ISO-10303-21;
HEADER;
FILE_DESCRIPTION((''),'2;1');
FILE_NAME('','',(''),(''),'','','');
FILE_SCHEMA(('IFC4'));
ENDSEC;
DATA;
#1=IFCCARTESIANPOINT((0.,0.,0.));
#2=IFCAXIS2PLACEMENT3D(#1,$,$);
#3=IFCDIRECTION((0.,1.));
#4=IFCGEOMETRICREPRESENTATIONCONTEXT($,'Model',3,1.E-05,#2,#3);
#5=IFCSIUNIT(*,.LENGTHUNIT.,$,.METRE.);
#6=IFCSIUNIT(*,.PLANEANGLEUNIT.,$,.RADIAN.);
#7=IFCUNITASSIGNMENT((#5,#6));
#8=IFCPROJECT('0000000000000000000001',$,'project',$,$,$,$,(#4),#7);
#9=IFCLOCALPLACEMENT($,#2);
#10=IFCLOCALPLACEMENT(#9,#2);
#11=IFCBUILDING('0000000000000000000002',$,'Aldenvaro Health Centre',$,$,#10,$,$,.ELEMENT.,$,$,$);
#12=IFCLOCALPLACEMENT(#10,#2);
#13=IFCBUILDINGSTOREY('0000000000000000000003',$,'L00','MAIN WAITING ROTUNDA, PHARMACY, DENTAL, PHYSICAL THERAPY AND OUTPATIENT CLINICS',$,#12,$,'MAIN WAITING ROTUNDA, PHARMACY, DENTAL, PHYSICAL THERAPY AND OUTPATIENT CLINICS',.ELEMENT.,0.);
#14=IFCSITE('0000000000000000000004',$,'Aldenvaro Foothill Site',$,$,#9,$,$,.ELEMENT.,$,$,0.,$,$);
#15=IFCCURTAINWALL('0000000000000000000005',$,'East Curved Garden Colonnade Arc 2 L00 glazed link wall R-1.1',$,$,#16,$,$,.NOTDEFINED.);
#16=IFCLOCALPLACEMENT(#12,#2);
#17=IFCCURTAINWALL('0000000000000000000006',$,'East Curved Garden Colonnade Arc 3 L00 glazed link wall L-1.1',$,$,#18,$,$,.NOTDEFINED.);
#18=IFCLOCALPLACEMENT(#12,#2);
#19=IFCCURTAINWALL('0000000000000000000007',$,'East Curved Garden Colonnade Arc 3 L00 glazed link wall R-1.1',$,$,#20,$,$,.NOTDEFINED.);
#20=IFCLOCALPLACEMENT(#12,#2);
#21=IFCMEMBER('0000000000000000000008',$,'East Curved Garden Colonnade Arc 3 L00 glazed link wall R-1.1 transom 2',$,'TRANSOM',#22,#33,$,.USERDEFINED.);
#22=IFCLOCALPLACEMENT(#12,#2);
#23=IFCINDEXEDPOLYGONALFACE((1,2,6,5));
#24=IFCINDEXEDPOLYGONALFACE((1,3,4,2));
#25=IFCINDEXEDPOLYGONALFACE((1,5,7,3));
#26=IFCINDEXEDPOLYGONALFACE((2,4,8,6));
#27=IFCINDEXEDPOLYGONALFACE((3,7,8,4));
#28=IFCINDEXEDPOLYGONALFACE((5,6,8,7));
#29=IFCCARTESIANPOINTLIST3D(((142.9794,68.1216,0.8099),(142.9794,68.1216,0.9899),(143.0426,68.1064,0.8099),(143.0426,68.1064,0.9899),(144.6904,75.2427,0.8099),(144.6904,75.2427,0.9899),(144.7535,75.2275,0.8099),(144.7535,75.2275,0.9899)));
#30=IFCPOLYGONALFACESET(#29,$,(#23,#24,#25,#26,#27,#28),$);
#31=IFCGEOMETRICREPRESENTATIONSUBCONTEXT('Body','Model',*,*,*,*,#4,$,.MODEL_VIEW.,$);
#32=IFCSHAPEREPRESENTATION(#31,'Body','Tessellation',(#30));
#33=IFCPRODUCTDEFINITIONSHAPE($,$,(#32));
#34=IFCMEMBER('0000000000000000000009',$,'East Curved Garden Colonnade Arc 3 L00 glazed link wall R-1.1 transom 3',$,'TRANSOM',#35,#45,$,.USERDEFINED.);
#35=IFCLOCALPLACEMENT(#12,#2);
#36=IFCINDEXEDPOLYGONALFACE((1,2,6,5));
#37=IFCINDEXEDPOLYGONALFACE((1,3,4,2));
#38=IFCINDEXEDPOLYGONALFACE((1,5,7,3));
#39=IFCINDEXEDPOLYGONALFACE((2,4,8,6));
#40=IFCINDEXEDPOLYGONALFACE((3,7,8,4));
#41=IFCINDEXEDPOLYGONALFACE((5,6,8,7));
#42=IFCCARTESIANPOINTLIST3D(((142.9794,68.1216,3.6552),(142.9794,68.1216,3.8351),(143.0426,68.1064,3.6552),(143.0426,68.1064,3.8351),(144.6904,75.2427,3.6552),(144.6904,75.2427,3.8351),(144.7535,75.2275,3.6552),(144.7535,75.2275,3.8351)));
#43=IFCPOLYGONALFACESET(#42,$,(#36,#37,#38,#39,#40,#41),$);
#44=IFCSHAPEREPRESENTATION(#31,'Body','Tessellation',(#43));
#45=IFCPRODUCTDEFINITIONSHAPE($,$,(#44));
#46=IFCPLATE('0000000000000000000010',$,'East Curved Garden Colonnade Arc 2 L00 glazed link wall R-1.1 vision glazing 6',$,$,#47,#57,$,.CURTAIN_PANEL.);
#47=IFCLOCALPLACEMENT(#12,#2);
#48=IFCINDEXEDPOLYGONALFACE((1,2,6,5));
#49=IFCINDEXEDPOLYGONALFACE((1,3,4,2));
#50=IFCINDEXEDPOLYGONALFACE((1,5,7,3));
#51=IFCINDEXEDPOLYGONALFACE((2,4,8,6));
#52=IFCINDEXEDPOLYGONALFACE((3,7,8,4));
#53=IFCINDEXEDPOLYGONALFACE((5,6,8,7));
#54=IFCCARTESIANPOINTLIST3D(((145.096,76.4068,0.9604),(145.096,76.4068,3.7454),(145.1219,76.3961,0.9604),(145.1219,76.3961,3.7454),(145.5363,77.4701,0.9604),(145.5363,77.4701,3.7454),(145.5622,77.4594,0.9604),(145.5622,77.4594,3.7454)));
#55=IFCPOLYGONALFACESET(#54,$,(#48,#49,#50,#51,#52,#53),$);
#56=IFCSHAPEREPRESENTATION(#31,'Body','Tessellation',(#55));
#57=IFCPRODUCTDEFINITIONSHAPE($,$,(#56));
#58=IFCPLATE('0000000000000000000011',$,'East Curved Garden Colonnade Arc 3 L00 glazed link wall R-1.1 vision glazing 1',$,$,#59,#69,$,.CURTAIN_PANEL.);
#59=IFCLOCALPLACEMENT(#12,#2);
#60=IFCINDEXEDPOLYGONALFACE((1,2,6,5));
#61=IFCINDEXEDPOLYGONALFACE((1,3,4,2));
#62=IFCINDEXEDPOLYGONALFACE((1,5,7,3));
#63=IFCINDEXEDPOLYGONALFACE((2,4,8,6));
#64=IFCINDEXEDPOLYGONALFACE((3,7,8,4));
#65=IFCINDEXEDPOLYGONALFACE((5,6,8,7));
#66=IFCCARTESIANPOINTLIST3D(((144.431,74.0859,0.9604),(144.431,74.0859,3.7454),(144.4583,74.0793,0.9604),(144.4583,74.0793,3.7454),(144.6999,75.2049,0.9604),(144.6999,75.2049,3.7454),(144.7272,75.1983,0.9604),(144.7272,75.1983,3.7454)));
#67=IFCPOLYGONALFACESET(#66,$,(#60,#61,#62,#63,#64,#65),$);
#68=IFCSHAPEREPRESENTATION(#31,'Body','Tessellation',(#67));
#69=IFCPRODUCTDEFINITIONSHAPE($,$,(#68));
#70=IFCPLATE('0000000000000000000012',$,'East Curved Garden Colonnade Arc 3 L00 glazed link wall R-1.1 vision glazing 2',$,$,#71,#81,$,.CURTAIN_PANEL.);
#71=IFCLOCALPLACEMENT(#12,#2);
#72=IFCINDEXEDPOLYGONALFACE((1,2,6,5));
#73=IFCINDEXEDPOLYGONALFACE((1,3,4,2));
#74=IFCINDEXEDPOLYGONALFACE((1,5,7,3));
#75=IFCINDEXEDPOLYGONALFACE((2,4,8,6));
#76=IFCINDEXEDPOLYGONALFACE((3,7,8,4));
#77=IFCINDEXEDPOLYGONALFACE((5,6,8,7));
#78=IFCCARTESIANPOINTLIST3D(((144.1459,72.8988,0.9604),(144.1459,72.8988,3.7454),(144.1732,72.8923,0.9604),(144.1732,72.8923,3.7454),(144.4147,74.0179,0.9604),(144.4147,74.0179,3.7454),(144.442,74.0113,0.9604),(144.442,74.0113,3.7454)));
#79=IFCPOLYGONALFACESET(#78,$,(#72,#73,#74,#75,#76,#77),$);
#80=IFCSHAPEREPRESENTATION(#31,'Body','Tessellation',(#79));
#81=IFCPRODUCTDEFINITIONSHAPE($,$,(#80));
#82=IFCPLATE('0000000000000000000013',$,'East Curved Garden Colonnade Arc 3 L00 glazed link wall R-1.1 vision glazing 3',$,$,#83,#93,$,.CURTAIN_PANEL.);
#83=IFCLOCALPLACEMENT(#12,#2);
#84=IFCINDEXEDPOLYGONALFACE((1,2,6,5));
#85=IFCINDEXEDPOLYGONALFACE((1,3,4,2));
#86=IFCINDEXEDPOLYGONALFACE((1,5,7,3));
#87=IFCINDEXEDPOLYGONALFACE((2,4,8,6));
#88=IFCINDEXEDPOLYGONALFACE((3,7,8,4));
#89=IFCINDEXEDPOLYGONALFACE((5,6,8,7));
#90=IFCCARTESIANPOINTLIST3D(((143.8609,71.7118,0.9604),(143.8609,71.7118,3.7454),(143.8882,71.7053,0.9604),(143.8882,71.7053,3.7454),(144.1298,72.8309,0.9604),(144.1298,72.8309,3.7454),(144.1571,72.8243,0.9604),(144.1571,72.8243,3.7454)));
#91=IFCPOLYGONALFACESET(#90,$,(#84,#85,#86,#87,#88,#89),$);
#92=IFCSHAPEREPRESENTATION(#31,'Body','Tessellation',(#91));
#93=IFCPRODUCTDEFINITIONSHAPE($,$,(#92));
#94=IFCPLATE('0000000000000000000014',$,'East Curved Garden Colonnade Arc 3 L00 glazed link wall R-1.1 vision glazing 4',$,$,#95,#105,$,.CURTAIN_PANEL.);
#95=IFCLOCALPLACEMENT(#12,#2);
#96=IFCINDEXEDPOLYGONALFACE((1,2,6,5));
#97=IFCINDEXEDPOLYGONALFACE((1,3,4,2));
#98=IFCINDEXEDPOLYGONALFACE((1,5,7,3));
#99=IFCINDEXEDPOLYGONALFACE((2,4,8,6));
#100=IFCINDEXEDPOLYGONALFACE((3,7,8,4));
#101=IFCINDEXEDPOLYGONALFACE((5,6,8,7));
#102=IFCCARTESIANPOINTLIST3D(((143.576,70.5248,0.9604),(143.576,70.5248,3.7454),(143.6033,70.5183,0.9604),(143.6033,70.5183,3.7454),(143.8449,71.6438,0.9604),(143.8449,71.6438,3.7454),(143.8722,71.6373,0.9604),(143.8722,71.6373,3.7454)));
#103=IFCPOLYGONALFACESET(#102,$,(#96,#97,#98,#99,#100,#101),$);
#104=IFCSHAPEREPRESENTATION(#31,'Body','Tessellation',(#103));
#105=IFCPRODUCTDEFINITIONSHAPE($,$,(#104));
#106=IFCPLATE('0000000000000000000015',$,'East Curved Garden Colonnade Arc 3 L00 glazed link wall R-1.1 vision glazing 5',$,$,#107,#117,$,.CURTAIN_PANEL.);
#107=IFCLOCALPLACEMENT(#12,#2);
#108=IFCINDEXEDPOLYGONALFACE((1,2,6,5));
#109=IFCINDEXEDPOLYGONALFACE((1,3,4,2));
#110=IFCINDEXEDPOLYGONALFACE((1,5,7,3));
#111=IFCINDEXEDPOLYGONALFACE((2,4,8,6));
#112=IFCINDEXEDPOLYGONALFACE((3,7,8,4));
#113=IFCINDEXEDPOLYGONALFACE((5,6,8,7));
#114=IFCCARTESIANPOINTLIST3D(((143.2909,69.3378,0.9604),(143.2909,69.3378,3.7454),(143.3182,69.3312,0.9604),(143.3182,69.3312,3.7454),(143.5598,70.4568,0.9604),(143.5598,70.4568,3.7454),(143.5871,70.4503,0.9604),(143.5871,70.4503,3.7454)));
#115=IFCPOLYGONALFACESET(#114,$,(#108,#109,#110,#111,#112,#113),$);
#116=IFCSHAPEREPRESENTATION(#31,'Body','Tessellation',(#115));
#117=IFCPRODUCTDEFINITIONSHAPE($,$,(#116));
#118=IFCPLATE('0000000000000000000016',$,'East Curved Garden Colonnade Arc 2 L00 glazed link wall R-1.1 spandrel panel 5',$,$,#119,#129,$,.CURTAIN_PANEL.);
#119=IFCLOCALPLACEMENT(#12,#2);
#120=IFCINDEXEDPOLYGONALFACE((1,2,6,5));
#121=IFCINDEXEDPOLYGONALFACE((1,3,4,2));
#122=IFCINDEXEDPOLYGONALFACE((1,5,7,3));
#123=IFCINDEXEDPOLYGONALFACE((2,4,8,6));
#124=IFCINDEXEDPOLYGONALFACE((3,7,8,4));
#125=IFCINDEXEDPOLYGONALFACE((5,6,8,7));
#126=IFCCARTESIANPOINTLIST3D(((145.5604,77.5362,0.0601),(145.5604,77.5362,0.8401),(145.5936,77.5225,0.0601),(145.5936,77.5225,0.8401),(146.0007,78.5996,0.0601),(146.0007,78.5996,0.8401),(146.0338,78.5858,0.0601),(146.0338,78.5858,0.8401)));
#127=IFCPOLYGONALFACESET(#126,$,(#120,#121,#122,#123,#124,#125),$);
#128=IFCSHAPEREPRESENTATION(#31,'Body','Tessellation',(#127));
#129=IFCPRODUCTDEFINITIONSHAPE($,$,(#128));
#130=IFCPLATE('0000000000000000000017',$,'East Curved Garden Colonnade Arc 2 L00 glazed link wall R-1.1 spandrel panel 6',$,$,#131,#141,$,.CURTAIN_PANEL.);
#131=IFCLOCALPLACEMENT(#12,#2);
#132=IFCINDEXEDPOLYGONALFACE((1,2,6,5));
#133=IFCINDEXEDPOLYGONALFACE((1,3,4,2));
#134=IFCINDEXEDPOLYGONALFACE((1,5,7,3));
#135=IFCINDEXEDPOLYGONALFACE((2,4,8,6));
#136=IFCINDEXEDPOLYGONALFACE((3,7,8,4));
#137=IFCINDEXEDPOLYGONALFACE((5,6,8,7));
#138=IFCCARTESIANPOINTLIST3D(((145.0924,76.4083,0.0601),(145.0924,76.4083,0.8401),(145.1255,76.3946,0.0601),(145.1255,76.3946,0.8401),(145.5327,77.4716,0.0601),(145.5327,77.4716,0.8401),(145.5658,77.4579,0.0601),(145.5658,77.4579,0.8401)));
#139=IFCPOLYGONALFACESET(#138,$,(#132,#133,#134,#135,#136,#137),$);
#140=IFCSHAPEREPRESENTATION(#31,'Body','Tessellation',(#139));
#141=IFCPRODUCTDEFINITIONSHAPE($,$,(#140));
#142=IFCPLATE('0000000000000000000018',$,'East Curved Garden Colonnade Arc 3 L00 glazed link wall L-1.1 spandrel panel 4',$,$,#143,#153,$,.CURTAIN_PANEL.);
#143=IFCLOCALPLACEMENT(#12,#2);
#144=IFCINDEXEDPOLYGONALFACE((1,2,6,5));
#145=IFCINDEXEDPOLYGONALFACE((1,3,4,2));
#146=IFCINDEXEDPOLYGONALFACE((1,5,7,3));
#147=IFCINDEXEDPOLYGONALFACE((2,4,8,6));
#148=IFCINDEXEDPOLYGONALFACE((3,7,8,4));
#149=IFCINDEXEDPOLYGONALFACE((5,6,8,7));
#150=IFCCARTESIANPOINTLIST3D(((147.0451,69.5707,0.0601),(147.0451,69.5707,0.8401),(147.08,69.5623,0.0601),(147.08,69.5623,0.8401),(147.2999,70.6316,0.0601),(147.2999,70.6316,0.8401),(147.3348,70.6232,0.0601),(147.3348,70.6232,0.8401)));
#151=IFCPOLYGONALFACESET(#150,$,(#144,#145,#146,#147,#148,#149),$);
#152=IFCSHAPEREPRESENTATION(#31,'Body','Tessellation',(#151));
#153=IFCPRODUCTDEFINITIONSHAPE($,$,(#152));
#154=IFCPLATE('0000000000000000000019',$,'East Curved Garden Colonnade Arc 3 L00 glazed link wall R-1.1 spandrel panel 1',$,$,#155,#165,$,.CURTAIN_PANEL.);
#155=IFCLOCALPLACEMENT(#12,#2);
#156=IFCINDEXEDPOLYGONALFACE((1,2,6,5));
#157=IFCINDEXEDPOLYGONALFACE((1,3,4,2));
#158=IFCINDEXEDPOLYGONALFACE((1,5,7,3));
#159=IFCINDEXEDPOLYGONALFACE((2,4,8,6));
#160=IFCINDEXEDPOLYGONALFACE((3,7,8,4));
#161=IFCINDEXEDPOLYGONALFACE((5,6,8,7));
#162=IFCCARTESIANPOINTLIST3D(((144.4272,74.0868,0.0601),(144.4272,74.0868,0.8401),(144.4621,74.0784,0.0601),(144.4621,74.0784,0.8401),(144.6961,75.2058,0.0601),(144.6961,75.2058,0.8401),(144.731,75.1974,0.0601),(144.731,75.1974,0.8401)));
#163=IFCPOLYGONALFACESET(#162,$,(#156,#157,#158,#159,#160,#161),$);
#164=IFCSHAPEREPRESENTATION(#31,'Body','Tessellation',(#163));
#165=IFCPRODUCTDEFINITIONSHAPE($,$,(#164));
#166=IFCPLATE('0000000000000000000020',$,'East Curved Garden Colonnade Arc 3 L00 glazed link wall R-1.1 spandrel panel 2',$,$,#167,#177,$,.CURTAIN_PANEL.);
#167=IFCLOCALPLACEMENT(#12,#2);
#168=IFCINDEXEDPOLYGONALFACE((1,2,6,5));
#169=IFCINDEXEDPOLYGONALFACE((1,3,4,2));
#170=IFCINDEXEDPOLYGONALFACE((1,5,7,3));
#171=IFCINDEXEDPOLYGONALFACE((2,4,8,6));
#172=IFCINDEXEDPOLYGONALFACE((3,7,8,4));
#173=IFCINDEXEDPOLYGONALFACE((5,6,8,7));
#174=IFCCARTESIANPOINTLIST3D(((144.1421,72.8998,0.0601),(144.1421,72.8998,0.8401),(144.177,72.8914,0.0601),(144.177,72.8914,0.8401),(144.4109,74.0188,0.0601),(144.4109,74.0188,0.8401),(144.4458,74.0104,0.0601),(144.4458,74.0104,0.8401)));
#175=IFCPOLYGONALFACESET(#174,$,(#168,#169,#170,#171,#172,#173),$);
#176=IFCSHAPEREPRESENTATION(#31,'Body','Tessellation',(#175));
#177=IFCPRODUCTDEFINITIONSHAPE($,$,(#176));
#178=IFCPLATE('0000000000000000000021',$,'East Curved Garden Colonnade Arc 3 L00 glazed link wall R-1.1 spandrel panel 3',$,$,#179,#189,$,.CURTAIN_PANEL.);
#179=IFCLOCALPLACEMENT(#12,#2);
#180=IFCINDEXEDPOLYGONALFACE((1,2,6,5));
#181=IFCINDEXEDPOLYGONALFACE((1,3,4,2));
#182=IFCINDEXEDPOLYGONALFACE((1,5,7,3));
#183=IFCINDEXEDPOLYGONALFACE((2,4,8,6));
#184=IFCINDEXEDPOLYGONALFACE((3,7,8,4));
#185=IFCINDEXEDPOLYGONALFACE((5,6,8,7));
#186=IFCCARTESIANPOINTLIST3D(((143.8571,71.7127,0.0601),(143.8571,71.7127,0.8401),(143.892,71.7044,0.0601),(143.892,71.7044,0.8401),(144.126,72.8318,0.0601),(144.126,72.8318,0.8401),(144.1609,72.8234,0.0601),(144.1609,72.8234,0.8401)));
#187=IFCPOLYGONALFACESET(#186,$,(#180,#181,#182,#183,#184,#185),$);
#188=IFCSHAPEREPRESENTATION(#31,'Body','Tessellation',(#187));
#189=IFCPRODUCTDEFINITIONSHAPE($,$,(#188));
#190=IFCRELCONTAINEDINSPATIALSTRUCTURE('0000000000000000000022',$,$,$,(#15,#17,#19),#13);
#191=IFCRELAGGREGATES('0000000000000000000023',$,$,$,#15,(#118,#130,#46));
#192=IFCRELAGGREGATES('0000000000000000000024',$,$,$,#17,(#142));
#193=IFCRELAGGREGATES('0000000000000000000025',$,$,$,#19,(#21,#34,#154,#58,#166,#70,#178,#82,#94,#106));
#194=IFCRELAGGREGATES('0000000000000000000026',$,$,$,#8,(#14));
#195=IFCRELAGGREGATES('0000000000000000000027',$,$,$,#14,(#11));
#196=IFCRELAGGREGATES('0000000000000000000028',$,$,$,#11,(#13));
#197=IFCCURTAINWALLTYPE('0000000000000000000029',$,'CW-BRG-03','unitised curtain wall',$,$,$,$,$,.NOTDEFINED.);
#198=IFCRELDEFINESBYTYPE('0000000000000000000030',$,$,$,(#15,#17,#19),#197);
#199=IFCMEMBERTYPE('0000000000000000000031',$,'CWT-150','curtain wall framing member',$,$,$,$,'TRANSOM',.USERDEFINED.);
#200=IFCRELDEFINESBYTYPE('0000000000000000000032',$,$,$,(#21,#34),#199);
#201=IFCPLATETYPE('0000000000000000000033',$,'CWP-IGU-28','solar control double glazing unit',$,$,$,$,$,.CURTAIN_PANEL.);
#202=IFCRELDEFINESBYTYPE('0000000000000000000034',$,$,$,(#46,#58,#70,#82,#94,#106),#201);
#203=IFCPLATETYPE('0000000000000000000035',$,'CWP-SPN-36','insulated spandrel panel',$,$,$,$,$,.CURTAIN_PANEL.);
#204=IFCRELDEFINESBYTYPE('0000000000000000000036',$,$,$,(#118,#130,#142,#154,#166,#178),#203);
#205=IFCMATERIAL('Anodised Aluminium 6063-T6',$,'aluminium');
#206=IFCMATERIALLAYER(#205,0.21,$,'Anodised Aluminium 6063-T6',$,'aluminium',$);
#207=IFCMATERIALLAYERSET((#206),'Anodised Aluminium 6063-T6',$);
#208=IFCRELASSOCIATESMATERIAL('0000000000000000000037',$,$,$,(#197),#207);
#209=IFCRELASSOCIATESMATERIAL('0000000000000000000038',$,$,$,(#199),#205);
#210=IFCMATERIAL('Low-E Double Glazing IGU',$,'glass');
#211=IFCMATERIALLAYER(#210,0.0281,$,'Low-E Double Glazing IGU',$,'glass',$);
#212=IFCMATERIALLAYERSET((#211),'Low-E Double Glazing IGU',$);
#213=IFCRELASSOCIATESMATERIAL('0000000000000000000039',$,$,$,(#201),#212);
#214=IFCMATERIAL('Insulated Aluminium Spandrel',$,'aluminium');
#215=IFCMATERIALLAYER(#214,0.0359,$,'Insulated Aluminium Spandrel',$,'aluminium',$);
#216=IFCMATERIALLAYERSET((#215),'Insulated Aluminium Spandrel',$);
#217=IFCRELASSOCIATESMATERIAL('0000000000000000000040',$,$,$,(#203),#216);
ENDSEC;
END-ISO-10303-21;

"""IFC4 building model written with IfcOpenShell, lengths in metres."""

from ifc_helpers import new_model, si_unit, direction, frame, origin, origin_2d, place, context, subcontext, project, spatial, rectangle, extrude, material, layer, layer_set, material_profile, profile_set, type_object, element, aggregate, save


model = new_model("IFC4")

# Units and contexts
model_context = context("Model", 3, precision=1e-05, world=origin(), true_north=direction((0.0, 1.0)))
body_context = subcontext(model_context, "Body", "Model", "MODEL_VIEW")
ifc_project = project(units=[si_unit("LENGTHUNIT", "METRE"), si_unit("PLANEANGLEUNIT", "RADIAN")], contexts=[model_context])

# Site, building, storey
site_placement = place(None, origin())
site = spatial("IfcSite", under=ifc_project, at=site_placement, Name="Aldenvaro Foothill Site", CompositionType="ELEMENT", RefElevation=0.0)
building_placement = place(site_placement, origin())
building = spatial("IfcBuilding", under=site, at=building_placement, Name="Aldenvaro Health Centre", CompositionType="ELEMENT")
storey_placement = place(building_placement, origin())
storey = spatial("IfcBuildingStorey", under=building, at=storey_placement, Name="L00", Description="MAIN WAITING ROTUNDA, PHARMACY, DENTAL, PHYSICAL THERAPY AND OUTPATIENT CLINICS", LongName="MAIN WAITING ROTUNDA, PHARMACY, DENTAL, PHYSICAL THERAPY AND OUTPATIENT CLINICS", CompositionType="ELEMENT", Elevation=0.0)

# Curtain wall
ifc_material_1 = material(Name="Anodised Aluminium 6063-T6", Category="aluminium")
ifc_layer_1 = layer(ifc_material_1, 0.21, Name="Anodised Aluminium 6063-T6", Category="aluminium")
ifc_layer_set_1 = layer_set([ifc_layer_1], Name="Anodised Aluminium 6063-T6")
curtain_wall_type = type_object("IfcCurtainWallType", Name="CW-BRG-03", Description="unitised curtain wall", PredefinedType="NOTDEFINED", material=ifc_layer_set_1)
curtain_wall_1_placement = place(storey_placement, origin())
curtain_wall_1 = element("IfcCurtainWall", 1, at=curtain_wall_1_placement, inside=storey, type_object=curtain_wall_type, Name="East Curved Garden Colonnade Arc 2 L00 glazed link wall R-1.1", PredefinedType="NOTDEFINED")

# Curtain wall
curtain_wall_2_placement = place(storey_placement, origin())
curtain_wall_2 = element("IfcCurtainWall", 2, at=curtain_wall_2_placement, inside=storey, type_object=curtain_wall_type, Name="East Curved Garden Colonnade Arc 3 L00 glazed link wall L-1.1", PredefinedType="NOTDEFINED")

# Curtain wall, members
curtain_wall_3_placement = place(storey_placement, origin())
curtain_wall_3 = element("IfcCurtainWall", 3, at=curtain_wall_3_placement, inside=storey, type_object=curtain_wall_type, Name="East Curved Garden Colonnade Arc 3 L00 glazed link wall R-1.1", PredefinedType="NOTDEFINED")
ifc_material_profile_1 = material_profile(ifc_material_1, rectangle(XDim=0.0649, YDim=0.1799, at=origin_2d()), Name="ALU 65x180", Category="aluminium")
ifc_profile_set_1 = profile_set([ifc_material_profile_1], Name="Anodised Aluminium 6063-T6")
member_type_1 = type_object("IfcMemberType", Name="CWT-150", Description="curtain wall framing member", ElementType="TRANSOM", PredefinedType="USERDEFINED", material=ifc_profile_set_1)
member_1_placement = place(storey_placement, frame((144.7219, 75.2351, 0.8999), z_axis=(-0.233615, -0.972329, 0.0), x_axis=(0.972329, -0.233615, 0.0)))
member_1 = element("IfcMember", 4, at=member_1_placement, type_object=member_type_1, Name="East Curved Garden Colonnade Arc 3 L00 glazed link wall R-1.1 transom 2", ObjectType="TRANSOM", PredefinedType="USERDEFINED", context=body_context, shape_type="SweptSolid", body=[
    extrude(rectangle(XDim=0.0649, YDim=0.1799, at=origin_2d()), origin(), (0.0, 0.0, 1.0), 7.3237),
])
member_2_placement = place(storey_placement, frame((144.7219, 75.2351, 3.7451), z_axis=(-0.233615, -0.972329, 0.0), x_axis=(0.972329, -0.233615, 0.0)))
member_2 = element("IfcMember", 5, at=member_2_placement, type_object=member_type_1, Name="East Curved Garden Colonnade Arc 3 L00 glazed link wall R-1.1 transom 3", ObjectType="TRANSOM", PredefinedType="USERDEFINED", context=body_context, shape_type="SweptSolid", body=[
    extrude(rectangle(XDim=0.0649, YDim=0.1799, at=origin_2d()), origin(), (0.0, 0.0, 1.0), 7.3237),
])

# Plates
ifc_material_2 = material(Name="Low-E Double Glazing IGU", Category="glass")
ifc_layer_2 = layer(ifc_material_2, 0.0281, Name="Low-E Double Glazing IGU", Category="glass")
ifc_layer_set_2 = layer_set([ifc_layer_2], Name="Low-E Double Glazing IGU")
plate_type_1 = type_object("IfcPlateType", Name="CWP-IGU-28", Description="solar control double glazing unit", PredefinedType="CURTAIN_PANEL", material=ifc_layer_set_2)
plate_1_placement = place(storey_placement, frame((145.3291, 76.9331, 0.9604), z_axis=(0.0, 0.0, 1.0), x_axis=(-0.382569, -0.923927, 0.0)))
plate_1 = element("IfcPlate", 6, at=plate_1_placement, type_object=plate_type_1, Name="East Curved Garden Colonnade Arc 2 L00 glazed link wall R-1.1 vision glazing 6", PredefinedType="CURTAIN_PANEL", context=body_context, shape_type="SweptSolid", body=[
    extrude(rectangle(XDim=1.1509, YDim=0.0281, at=origin_2d()), origin(), (0.0, 0.0, 1.0), 2.7849),
])
plate_2_placement = place(storey_placement, frame((144.5791, 74.6421, 0.9604), z_axis=(0.0, 0.0, 1.0), x_axis=(-0.233626, -0.972327, 0.0)))
plate_2 = element("IfcPlate", 7, at=plate_2_placement, type_object=plate_type_1, Name="East Curved Garden Colonnade Arc 3 L00 glazed link wall R-1.1 vision glazing 1", PredefinedType="CURTAIN_PANEL", context=body_context, shape_type="SweptSolid", body=[
    extrude(rectangle(XDim=1.1509, YDim=0.0281, at=origin_2d()), origin(), (0.0, 0.0, 1.0), 2.7849),
])
plate_3_placement = place(storey_placement, frame((144.2939, 73.4551, 0.9604), z_axis=(0.0, 0.0, 1.0), x_axis=(-0.233626, -0.972327, 0.0)))
plate_3 = element("IfcPlate", 8, at=plate_3_placement, type_object=plate_type_1, Name="East Curved Garden Colonnade Arc 3 L00 glazed link wall R-1.1 vision glazing 2", PredefinedType="CURTAIN_PANEL", context=body_context, shape_type="SweptSolid", body=[
    extrude(rectangle(XDim=1.1509, YDim=0.0281, at=origin_2d()), origin(), (0.0, 0.0, 1.0), 2.7849),
])
plate_4_placement = place(storey_placement, frame((144.009, 72.2681, 0.9604), z_axis=(0.0, 0.0, 1.0), x_axis=(-0.233626, -0.972327, 0.0)))
plate_4 = element("IfcPlate", 9, at=plate_4_placement, type_object=plate_type_1, Name="East Curved Garden Colonnade Arc 3 L00 glazed link wall R-1.1 vision glazing 3", PredefinedType="CURTAIN_PANEL", context=body_context, shape_type="SweptSolid", body=[
    extrude(rectangle(XDim=1.1509, YDim=0.0281, at=origin_2d()), origin(), (0.0, 0.0, 1.0), 2.7849),
])
plate_5_placement = place(storey_placement, frame((143.7241, 71.0811, 0.9604), z_axis=(0.0, 0.0, 1.0), x_axis=(-0.233626, -0.972327, 0.0)))
plate_5 = element("IfcPlate", 10, at=plate_5_placement, type_object=plate_type_1, Name="East Curved Garden Colonnade Arc 3 L00 glazed link wall R-1.1 vision glazing 4", PredefinedType="CURTAIN_PANEL", context=body_context, shape_type="SweptSolid", body=[
    extrude(rectangle(XDim=1.1509, YDim=0.0281, at=origin_2d()), origin(), (0.0, 0.0, 1.0), 2.7849),
])
plate_6_placement = place(storey_placement, frame((143.439, 69.894, 0.9604), z_axis=(0.0, 0.0, 1.0), x_axis=(-0.233626, -0.972327, 0.0)))
plate_6 = element("IfcPlate", 11, at=plate_6_placement, type_object=plate_type_1, Name="East Curved Garden Colonnade Arc 3 L00 glazed link wall R-1.1 vision glazing 5", PredefinedType="CURTAIN_PANEL", context=body_context, shape_type="SweptSolid", body=[
    extrude(rectangle(XDim=1.1509, YDim=0.0281, at=origin_2d()), origin(), (0.0, 0.0, 1.0), 2.7849),
])
ifc_material_3 = material(Name="Insulated Aluminium Spandrel", Category="aluminium")
ifc_layer_3 = layer(ifc_material_3, 0.0359, Name="Insulated Aluminium Spandrel", Category="aluminium")
ifc_layer_set_3 = layer_set([ifc_layer_3], Name="Insulated Aluminium Spandrel")
plate_type_2 = type_object("IfcPlateType", Name="CWP-SPN-36", Description="insulated spandrel panel", PredefinedType="CURTAIN_PANEL", material=ifc_layer_set_3)
plate_7_placement = place(storey_placement, frame((145.7971, 78.061, 0.0601), z_axis=(0.0, 0.0, 1.0), x_axis=(-0.382569, -0.923927, 0.0)))
plate_7 = element("IfcPlate", 12, at=plate_7_placement, type_object=plate_type_2, Name="East Curved Garden Colonnade Arc 2 L00 glazed link wall R-1.1 spandrel panel 5", PredefinedType="CURTAIN_PANEL", context=body_context, shape_type="SweptSolid", body=[
    extrude(rectangle(XDim=1.1509, YDim=0.0359, at=origin_2d()), origin(), (0.0, 0.0, 1.0), 0.78),
])
plate_8_placement = place(storey_placement, frame((145.3291, 76.9331, 0.0601), z_axis=(0.0, 0.0, 1.0), x_axis=(-0.382569, -0.923927, 0.0)))
plate_8 = element("IfcPlate", 13, at=plate_8_placement, type_object=plate_type_2, Name="East Curved Garden Colonnade Arc 2 L00 glazed link wall R-1.1 spandrel panel 6", PredefinedType="CURTAIN_PANEL", context=body_context, shape_type="SweptSolid", body=[
    extrude(rectangle(XDim=1.1509, YDim=0.0359, at=origin_2d()), origin(), (0.0, 0.0, 1.0), 0.78),
])
aggregate(curtain_wall_1, [plate_7, plate_8, plate_1])
plate_9_placement = place(storey_placement, frame((147.1899, 70.0969, 0.0601), z_axis=(0.0, 0.0, 1.0), x_axis=(-0.233541, -0.972347, 0.0)))
plate_9 = element("IfcPlate", 14, at=plate_9_placement, type_object=plate_type_2, Name="East Curved Garden Colonnade Arc 3 L00 glazed link wall L-1.1 spandrel panel 4", PredefinedType="CURTAIN_PANEL", context=body_context, shape_type="SweptSolid", body=[
    extrude(rectangle(XDim=1.0911, YDim=0.0359, at=origin_2d()), origin(), (0.0, 0.0, 1.0), 0.78),
])
aggregate(curtain_wall_2, [plate_9])
plate_10_placement = place(storey_placement, frame((144.5791, 74.6421, 0.0601), z_axis=(0.0, 0.0, 1.0), x_axis=(-0.233626, -0.972327, 0.0)))
plate_10 = element("IfcPlate", 15, at=plate_10_placement, type_object=plate_type_2, Name="East Curved Garden Colonnade Arc 3 L00 glazed link wall R-1.1 spandrel panel 1", PredefinedType="CURTAIN_PANEL", context=body_context, shape_type="SweptSolid", body=[
    extrude(rectangle(XDim=1.1509, YDim=0.0359, at=origin_2d()), origin(), (0.0, 0.0, 1.0), 0.78),
])
plate_11_placement = place(storey_placement, frame((144.2939, 73.4551, 0.0601), z_axis=(0.0, 0.0, 1.0), x_axis=(-0.233626, -0.972327, 0.0)))
plate_11 = element("IfcPlate", 16, at=plate_11_placement, type_object=plate_type_2, Name="East Curved Garden Colonnade Arc 3 L00 glazed link wall R-1.1 spandrel panel 2", PredefinedType="CURTAIN_PANEL", context=body_context, shape_type="SweptSolid", body=[
    extrude(rectangle(XDim=1.1509, YDim=0.0359, at=origin_2d()), origin(), (0.0, 0.0, 1.0), 0.78),
])
plate_12_placement = place(storey_placement, frame((144.009, 72.2681, 0.0601), z_axis=(0.0, 0.0, 1.0), x_axis=(-0.233626, -0.972327, 0.0)))
plate_12 = element("IfcPlate", 17, at=plate_12_placement, type_object=plate_type_2, Name="East Curved Garden Colonnade Arc 3 L00 glazed link wall R-1.1 spandrel panel 3", PredefinedType="CURTAIN_PANEL", context=body_context, shape_type="SweptSolid", body=[
    extrude(rectangle(XDim=1.1509, YDim=0.0359, at=origin_2d()), origin(), (0.0, 0.0, 1.0), 0.78),
])
aggregate(curtain_wall_3, [member_1, member_2, plate_10, plate_2, plate_11, plate_3, plate_12, plate_4, plate_5, plate_6])

save(model, "model.ifc")
